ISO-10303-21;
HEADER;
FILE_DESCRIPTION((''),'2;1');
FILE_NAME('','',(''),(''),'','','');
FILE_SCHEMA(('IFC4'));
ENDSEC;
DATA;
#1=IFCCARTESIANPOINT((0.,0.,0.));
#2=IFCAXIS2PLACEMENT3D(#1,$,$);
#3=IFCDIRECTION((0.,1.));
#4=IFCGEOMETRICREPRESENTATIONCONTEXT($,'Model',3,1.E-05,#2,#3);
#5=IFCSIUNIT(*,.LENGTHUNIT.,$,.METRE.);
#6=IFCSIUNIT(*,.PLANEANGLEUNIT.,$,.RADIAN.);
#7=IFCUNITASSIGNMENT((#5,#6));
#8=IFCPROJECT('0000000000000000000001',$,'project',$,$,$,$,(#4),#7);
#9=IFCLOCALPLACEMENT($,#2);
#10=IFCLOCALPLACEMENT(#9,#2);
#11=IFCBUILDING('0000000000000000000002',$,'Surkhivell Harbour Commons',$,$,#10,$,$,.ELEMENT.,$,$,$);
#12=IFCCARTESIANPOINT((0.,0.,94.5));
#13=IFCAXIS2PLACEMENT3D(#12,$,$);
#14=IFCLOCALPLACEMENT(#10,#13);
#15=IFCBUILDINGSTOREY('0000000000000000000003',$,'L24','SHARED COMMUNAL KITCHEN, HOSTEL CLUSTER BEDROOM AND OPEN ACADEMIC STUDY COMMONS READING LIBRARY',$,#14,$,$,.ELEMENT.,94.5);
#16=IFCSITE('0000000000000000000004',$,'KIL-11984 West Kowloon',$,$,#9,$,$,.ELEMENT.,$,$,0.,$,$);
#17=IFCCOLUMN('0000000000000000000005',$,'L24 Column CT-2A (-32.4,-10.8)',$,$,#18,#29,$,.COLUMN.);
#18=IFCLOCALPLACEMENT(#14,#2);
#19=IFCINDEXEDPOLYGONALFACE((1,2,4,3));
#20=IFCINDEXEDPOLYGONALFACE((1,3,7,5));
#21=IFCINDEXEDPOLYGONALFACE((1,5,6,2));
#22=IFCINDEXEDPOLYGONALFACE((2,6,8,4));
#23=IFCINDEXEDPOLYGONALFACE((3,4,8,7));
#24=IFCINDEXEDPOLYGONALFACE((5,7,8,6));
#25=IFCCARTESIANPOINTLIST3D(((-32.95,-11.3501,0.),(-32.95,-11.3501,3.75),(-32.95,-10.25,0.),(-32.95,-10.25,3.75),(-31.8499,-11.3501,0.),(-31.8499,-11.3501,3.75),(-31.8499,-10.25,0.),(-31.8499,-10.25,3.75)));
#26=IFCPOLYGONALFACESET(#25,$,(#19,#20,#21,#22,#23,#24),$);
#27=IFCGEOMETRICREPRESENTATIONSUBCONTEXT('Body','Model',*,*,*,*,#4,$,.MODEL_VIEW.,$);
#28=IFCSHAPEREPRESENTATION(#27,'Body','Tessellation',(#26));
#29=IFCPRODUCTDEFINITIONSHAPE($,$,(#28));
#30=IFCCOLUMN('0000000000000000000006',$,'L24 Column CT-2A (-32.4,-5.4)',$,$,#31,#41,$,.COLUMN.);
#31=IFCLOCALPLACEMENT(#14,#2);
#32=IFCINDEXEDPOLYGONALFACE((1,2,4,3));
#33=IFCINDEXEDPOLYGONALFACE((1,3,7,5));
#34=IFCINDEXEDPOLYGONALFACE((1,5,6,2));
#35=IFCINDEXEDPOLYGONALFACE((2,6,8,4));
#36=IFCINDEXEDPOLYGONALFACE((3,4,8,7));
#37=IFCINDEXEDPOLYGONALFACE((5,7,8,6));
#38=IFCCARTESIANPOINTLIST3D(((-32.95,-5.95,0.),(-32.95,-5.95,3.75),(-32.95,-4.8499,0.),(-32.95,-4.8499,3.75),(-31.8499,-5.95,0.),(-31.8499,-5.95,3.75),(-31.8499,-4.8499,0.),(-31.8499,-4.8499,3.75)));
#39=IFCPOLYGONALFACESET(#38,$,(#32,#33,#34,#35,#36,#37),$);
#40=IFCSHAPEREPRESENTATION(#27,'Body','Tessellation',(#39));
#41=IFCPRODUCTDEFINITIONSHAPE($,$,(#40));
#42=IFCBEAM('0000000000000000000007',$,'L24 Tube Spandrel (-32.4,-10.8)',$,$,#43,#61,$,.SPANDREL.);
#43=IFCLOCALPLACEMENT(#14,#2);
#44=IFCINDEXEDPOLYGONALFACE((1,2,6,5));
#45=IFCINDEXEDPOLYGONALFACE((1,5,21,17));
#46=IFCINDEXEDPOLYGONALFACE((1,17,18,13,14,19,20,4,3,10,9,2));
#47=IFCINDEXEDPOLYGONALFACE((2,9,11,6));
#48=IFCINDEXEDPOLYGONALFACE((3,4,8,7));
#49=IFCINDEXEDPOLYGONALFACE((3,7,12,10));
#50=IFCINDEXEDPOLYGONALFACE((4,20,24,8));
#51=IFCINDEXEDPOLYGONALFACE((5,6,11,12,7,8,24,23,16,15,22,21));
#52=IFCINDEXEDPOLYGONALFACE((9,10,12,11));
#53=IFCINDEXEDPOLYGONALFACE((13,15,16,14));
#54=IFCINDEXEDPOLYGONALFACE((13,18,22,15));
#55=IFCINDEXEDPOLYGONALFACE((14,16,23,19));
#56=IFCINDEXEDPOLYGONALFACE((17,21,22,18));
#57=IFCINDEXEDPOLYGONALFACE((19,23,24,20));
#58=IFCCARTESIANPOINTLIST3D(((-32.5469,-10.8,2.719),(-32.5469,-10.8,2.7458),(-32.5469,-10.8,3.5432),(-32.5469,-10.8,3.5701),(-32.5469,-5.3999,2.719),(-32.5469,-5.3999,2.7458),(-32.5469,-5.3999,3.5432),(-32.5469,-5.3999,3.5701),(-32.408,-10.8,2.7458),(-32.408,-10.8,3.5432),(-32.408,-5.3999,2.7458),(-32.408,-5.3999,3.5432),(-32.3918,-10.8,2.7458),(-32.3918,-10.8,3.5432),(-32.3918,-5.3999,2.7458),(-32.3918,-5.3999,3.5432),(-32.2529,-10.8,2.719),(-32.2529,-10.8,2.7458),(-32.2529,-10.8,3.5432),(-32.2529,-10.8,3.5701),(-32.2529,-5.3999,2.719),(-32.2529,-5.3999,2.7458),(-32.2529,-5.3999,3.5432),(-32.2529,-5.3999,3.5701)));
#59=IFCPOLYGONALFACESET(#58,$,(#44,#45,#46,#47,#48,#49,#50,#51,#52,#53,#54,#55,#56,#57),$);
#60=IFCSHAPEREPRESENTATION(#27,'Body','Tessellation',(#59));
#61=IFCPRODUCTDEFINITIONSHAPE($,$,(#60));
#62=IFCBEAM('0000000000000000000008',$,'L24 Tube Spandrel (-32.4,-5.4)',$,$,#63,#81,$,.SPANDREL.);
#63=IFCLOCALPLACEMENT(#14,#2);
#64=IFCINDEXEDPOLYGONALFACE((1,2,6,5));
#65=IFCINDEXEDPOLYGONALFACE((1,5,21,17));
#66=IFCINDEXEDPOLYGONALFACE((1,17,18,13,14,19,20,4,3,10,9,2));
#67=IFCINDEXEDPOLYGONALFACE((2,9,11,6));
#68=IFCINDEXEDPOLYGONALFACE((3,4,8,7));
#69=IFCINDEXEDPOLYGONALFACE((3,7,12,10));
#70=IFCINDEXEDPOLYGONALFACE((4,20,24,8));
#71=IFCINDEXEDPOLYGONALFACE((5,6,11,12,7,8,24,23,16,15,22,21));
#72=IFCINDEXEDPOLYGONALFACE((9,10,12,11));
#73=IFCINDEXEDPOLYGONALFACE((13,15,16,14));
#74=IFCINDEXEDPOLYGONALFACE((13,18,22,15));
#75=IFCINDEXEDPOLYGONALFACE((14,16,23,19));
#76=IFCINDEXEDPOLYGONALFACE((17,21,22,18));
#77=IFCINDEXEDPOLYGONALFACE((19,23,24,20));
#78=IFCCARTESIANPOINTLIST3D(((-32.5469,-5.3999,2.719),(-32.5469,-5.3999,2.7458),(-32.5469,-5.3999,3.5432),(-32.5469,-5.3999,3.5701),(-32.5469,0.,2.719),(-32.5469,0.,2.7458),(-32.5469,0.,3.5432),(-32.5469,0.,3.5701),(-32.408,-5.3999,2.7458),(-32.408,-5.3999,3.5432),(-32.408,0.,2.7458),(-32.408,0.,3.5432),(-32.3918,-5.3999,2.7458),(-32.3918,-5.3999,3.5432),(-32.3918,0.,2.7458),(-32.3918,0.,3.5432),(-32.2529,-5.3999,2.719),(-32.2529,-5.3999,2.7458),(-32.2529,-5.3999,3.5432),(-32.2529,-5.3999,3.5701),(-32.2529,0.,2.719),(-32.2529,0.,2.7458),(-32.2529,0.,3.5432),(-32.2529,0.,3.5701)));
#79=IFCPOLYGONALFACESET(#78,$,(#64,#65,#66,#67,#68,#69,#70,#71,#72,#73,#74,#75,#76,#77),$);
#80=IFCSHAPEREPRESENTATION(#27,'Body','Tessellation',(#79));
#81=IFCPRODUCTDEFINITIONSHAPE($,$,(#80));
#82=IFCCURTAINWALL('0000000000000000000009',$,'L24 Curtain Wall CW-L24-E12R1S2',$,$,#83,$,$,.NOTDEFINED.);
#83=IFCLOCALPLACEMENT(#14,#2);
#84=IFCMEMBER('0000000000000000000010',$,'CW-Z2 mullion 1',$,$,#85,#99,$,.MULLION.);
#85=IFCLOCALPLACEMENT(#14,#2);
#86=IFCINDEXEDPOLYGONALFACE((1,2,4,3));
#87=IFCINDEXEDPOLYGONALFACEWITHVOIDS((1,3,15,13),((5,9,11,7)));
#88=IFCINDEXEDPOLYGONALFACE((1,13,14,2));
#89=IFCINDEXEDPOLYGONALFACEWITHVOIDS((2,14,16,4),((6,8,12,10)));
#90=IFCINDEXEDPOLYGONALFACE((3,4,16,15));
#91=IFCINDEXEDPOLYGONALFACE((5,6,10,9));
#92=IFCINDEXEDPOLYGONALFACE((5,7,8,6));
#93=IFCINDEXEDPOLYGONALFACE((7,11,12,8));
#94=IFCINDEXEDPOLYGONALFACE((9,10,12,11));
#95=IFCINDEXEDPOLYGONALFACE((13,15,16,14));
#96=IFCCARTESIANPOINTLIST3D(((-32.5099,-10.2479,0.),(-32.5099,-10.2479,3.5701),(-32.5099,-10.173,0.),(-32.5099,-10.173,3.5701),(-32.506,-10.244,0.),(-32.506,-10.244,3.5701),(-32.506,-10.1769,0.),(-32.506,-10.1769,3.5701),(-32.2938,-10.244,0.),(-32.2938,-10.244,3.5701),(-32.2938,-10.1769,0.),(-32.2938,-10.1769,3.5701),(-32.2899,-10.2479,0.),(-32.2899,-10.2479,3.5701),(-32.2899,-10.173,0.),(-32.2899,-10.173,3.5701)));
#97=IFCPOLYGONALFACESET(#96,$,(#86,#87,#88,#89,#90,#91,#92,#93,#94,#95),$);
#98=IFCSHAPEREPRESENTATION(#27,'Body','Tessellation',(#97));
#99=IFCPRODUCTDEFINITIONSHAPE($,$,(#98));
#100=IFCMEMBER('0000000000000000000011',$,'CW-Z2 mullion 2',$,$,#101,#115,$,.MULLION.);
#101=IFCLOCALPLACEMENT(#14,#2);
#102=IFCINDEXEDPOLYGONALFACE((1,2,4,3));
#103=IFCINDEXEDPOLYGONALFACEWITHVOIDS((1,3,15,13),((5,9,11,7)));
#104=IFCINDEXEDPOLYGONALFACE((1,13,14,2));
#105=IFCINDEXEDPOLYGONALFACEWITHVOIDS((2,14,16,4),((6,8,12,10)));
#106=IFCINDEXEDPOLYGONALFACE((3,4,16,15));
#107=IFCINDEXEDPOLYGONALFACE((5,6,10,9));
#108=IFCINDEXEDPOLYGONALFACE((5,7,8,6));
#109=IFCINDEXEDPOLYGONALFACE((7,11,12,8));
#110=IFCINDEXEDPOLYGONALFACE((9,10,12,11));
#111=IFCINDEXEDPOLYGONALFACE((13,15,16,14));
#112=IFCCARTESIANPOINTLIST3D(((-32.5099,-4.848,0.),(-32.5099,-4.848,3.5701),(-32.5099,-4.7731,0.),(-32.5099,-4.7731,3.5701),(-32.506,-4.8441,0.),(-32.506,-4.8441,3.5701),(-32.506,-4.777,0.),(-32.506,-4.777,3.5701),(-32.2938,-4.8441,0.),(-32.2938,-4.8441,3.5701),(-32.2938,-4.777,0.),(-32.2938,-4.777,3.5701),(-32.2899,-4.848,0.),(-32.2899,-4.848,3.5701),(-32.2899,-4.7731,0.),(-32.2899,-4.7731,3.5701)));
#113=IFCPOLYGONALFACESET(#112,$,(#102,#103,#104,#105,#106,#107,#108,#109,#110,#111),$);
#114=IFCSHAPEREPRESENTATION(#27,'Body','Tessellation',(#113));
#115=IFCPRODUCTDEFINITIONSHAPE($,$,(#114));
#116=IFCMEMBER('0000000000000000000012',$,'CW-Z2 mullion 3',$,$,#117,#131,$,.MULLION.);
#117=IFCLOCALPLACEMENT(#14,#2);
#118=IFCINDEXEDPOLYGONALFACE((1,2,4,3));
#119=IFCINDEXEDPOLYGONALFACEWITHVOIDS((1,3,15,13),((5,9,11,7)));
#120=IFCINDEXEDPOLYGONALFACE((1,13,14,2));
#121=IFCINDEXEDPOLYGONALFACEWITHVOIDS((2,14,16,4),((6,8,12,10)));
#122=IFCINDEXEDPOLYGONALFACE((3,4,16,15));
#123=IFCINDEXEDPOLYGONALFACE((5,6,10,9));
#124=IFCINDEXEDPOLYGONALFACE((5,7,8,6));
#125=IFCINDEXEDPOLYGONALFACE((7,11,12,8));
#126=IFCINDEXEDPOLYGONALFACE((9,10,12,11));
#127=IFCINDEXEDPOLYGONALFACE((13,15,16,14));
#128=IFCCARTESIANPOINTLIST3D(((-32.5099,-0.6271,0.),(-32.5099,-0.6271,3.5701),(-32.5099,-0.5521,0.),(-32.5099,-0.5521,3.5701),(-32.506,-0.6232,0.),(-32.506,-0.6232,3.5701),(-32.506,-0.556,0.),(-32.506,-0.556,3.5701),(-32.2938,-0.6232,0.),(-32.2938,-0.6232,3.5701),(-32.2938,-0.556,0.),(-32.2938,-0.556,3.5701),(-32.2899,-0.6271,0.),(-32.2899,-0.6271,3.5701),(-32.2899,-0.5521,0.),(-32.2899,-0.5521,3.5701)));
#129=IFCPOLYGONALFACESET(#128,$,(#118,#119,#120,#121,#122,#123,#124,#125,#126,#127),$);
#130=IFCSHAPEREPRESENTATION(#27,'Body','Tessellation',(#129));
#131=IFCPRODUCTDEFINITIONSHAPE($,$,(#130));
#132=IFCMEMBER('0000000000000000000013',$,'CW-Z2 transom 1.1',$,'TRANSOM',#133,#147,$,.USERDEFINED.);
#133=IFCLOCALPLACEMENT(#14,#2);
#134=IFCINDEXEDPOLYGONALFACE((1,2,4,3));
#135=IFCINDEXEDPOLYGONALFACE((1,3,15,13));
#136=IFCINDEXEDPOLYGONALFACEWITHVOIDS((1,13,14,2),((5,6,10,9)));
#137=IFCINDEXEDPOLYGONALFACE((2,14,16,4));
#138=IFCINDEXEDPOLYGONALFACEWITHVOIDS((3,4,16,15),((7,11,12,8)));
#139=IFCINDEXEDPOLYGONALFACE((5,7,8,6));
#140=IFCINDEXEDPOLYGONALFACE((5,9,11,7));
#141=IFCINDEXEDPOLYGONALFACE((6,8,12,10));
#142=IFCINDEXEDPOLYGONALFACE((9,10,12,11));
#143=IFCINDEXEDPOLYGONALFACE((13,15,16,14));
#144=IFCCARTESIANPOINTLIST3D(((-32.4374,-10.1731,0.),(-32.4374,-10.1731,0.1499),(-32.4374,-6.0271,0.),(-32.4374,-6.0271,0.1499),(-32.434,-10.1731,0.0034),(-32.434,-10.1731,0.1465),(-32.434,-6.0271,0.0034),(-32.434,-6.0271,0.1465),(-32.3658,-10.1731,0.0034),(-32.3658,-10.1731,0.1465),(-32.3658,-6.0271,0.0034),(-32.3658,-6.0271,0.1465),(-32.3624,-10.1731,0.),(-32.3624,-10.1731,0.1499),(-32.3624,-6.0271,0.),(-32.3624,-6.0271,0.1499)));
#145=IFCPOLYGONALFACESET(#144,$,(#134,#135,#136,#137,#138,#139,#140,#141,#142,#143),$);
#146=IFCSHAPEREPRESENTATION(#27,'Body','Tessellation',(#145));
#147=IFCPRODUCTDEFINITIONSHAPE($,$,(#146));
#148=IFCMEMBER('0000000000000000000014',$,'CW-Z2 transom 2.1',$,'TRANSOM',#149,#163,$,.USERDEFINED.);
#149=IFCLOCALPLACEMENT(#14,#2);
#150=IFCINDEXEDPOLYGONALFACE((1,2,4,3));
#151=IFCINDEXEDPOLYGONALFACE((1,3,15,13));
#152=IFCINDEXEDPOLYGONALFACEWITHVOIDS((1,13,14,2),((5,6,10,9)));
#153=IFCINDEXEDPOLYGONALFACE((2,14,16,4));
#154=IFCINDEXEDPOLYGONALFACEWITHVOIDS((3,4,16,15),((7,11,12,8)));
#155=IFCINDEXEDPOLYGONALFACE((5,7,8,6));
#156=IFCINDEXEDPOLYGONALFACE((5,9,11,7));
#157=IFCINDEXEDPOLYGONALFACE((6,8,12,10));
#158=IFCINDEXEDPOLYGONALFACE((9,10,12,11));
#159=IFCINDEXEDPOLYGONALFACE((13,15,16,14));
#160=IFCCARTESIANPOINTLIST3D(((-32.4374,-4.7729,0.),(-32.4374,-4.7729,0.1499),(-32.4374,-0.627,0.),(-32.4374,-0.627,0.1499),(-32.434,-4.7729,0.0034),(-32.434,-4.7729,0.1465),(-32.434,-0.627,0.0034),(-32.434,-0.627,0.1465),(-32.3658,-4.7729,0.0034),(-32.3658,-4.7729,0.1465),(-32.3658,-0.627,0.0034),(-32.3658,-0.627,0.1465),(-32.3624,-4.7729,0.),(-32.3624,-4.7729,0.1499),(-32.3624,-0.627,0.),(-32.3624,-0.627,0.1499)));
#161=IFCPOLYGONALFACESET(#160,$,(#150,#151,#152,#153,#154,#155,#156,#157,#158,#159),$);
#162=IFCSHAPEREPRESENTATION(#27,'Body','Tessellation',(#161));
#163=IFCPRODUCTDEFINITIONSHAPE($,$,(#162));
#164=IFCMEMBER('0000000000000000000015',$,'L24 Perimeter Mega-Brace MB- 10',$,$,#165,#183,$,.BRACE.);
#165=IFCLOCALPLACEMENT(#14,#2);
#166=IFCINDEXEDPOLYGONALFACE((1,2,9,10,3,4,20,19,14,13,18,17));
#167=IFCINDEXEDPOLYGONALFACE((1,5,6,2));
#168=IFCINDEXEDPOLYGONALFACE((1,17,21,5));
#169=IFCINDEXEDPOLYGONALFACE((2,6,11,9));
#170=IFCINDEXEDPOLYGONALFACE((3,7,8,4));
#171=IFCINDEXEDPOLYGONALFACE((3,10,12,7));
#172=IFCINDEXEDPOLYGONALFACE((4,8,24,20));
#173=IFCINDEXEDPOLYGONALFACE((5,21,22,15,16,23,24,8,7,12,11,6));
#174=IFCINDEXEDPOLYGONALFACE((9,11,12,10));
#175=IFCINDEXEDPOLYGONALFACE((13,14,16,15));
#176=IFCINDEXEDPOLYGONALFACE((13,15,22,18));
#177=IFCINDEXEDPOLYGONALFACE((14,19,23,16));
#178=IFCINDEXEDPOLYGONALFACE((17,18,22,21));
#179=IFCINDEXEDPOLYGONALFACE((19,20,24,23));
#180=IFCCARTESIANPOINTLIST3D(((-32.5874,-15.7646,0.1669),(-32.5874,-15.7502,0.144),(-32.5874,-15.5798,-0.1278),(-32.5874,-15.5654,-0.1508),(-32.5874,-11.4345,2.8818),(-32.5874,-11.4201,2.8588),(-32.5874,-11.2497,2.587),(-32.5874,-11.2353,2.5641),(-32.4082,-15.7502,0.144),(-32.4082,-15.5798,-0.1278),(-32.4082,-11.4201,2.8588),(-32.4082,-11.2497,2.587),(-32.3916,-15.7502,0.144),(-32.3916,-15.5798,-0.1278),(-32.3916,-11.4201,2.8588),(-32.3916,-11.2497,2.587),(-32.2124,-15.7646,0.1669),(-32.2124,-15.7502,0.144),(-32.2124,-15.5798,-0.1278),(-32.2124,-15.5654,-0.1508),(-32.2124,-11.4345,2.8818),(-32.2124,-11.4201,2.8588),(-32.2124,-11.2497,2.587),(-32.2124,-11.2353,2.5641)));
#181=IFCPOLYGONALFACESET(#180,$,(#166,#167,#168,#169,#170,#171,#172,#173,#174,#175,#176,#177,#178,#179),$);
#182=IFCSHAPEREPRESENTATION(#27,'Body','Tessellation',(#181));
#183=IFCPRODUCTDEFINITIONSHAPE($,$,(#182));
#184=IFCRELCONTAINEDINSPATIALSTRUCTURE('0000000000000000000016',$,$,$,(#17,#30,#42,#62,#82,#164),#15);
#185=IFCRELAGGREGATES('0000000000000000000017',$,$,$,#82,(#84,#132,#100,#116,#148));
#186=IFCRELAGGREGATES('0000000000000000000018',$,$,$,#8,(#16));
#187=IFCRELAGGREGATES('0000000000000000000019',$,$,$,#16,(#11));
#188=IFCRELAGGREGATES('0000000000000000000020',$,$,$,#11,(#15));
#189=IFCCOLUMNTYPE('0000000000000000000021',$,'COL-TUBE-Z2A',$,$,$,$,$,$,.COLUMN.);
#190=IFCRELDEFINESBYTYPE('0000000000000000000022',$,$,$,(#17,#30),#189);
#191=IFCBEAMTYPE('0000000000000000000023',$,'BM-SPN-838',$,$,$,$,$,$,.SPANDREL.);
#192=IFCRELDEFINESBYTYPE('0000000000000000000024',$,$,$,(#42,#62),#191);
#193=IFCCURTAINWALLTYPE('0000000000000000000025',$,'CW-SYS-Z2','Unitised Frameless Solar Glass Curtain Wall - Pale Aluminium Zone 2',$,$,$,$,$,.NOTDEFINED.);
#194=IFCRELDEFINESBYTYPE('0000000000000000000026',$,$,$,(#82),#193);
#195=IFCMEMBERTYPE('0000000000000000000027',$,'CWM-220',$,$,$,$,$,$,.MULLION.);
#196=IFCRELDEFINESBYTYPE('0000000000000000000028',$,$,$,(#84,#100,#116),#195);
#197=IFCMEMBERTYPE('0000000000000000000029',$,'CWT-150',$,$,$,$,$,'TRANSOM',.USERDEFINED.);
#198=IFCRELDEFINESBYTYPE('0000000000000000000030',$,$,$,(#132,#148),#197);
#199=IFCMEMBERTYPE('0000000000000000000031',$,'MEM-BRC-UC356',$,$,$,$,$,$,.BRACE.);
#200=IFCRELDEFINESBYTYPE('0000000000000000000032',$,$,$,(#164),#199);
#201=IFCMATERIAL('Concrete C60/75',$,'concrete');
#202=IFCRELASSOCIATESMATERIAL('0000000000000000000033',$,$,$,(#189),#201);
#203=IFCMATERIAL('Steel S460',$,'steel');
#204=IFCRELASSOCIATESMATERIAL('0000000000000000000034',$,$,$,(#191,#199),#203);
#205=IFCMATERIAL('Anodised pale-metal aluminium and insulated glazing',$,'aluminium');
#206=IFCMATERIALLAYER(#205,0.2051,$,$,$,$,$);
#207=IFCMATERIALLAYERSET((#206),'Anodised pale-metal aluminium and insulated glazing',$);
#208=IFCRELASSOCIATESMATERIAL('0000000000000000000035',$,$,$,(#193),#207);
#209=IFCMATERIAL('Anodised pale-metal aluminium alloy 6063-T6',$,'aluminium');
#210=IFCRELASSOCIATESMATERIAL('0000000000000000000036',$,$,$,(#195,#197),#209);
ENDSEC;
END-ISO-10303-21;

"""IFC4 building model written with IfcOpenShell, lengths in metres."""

from ifc_helpers import new_model, si_unit, direction, frame, origin, origin_2d, place, context, subcontext, project, spatial, rectangle, hollow_rectangle, i_section, extrude, material, layer, layer_set, material_profile, profile_set, type_object, element, aggregate, save


model = new_model("IFC4")

# Units and contexts
model_context = context("Model", 3, precision=1e-05, world=origin(), true_north=direction((0.0, 1.0)))
body_context = subcontext(model_context, "Body", "Model", "MODEL_VIEW")
ifc_project = project(units=[si_unit("LENGTHUNIT", "METRE"), si_unit("PLANEANGLEUNIT", "RADIAN")], contexts=[model_context])

# Site, building, storey
site_placement = place(None, origin())
site = spatial("IfcSite", under=ifc_project, at=site_placement, Name="KIL-11984 West Kowloon", CompositionType="ELEMENT", RefElevation=0.0)
building_placement = place(site_placement, origin())
building = spatial("IfcBuilding", under=site, at=building_placement, Name="Surkhivell Harbour Commons", CompositionType="ELEMENT")
storey_placement = place(building_placement, frame((0.0, 0.0, 94.5)))
storey = spatial("IfcBuildingStorey", under=building, at=storey_placement, Name="L24", Description="SHARED COMMUNAL KITCHEN, HOSTEL CLUSTER BEDROOM AND OPEN ACADEMIC STUDY COMMONS READING LIBRARY", CompositionType="ELEMENT", Elevation=94.5)

# Columns
ifc_material_1 = material(Name="Concrete C60/75", Category="concrete")
ifc_material_profile_1 = material_profile(ifc_material_1, rectangle(XDim=1.1001, YDim=1.1001, at=origin_2d()), Name="RC-COL-1100x1100")
ifc_profile_set_1 = profile_set([ifc_material_profile_1], Name="Concrete C60/75")
column_type = type_object("IfcColumnType", Name="COL-TUBE-Z2A", PredefinedType="COLUMN", material=ifc_profile_set_1)
for number, where, z_axis, x_axis, name in (
    (1, (-32.3999, -10.8, 0.0), (0.0, 0.0, 1.0), (1.0, 0.0, 0.0), "L24 Column CT-2A (-32.4,-10.8)"),
    (2, (-32.3999, -5.3999, 0.0), (0.0, 0.0, 1.0), (1.0, 0.0, 0.0), "L24 Column CT-2A (-32.4,-5.4)"),
):
    element("IfcColumn", number, at=place(storey_placement, frame(where, z_axis=z_axis, x_axis=x_axis)), inside=storey, type_object=column_type, Name=name, PredefinedType="COLUMN", context=body_context, shape_type="SweptSolid", body=[
        extrude(rectangle(XDim=1.1001, YDim=1.1001, at=origin_2d()), origin(), (0.0, 0.0, 1.0), 3.75),
    ])

# Beams
ifc_material_2 = material(Name="Steel S460", Category="steel")
ifc_material_profile_2 = material_profile(ifc_material_2, i_section(OverallWidth=0.2939, OverallDepth=0.8511, WebThickness=0.0161, FlangeThickness=0.0269, at=origin_2d()), Name="UB838x292x226")
ifc_profile_set_2 = profile_set([ifc_material_profile_2], Name="Steel S460")
beam_type = type_object("IfcBeamType", Name="BM-SPN-838", PredefinedType="SPANDREL", material=ifc_profile_set_2)
beam_1_placement = place(storey_placement, frame((-32.3999, -10.8, 3.1445), z_axis=(0.0, 1.0, 0.0), x_axis=(-1.0, 0.0, 0.0)))
element("IfcBeam", 3, at=beam_1_placement, inside=storey, type_object=beam_type, Name="L24 Tube Spandrel (-32.4,-10.8)", PredefinedType="SPANDREL", context=body_context, shape_type="SweptSolid", body=[
    extrude(i_section(OverallWidth=0.2939, OverallDepth=0.8511, WebThickness=0.0161, FlangeThickness=0.0269, at=origin_2d()), origin(), (0.0, 0.0, 1.0), 5.4001),
])
beam_2_placement = place(storey_placement, frame((-32.3999, -5.3999, 3.1445), z_axis=(0.0, 1.0, 0.0), x_axis=(-1.0, 0.0, 0.0)))
element("IfcBeam", 4, at=beam_2_placement, inside=storey, type_object=beam_type, Name="L24 Tube Spandrel (-32.4,-5.4)", PredefinedType="SPANDREL", context=body_context, shape_type="SweptSolid", body=[
    extrude(i_section(OverallWidth=0.2939, OverallDepth=0.8511, WebThickness=0.0161, FlangeThickness=0.0269, at=origin_2d()), origin(), (0.0, 0.0, 1.0), 5.3999),
])

# Curtain wall, members
ifc_material_3 = material(Name="Anodised pale-metal aluminium and insulated glazing", Category="aluminium")
ifc_layer_1 = layer(ifc_material_3, 0.2051)
ifc_layer_set_1 = layer_set([ifc_layer_1], Name="Anodised pale-metal aluminium and insulated glazing")
curtain_wall_type = type_object("IfcCurtainWallType", Name="CW-SYS-Z2", Description="Unitised Frameless Solar Glass Curtain Wall - Pale Aluminium Zone 2", PredefinedType="NOTDEFINED", material=ifc_layer_set_1)
curtain_wall_placement = place(storey_placement, origin())
curtain_wall = element("IfcCurtainWall", 5, at=curtain_wall_placement, inside=storey, type_object=curtain_wall_type, Name="L24 Curtain Wall CW-L24-E12R1S2", PredefinedType="NOTDEFINED")
ifc_material_4 = material(Name="Anodised pale-metal aluminium alloy 6063-T6", Category="aluminium")
ifc_material_profile_3 = material_profile(ifc_material_4, hollow_rectangle(XDim=0.075, YDim=0.22, WallThickness=0.0039, at=origin_2d()), Name="ALU-MULL-75x220")
ifc_profile_set_3 = profile_set([ifc_material_profile_3], Name="Anodised pale-metal aluminium alloy 6063-T6")
member_type_1 = type_object("IfcMemberType", Name="CWM-220", PredefinedType="MULLION", material=ifc_profile_set_3)
member_1_placement = place(storey_placement, frame((-32.3999, -10.2104, 0.0), z_axis=(0.0, 0.0, 1.0), x_axis=(0.0, 1.0, 0.0)))
member_1 = element("IfcMember", 6, at=member_1_placement, type_object=member_type_1, Name="CW-Z2 mullion 1", PredefinedType="MULLION", context=body_context, shape_type="SweptSolid", body=[
    extrude(hollow_rectangle(XDim=0.075, YDim=0.22, WallThickness=0.0039, at=origin_2d()), origin(), (0.0, 0.0, 1.0), 3.5701),
])
member_2_placement = place(storey_placement, frame((-32.3999, -4.8105, 0.0), z_axis=(0.0, 0.0, 1.0), x_axis=(0.0, 1.0, 0.0)))
member_2 = element("IfcMember", 7, at=member_2_placement, type_object=member_type_1, Name="CW-Z2 mullion 2", PredefinedType="MULLION", context=body_context, shape_type="SweptSolid", body=[
    extrude(hollow_rectangle(XDim=0.075, YDim=0.22, WallThickness=0.0039, at=origin_2d()), origin(), (0.0, 0.0, 1.0), 3.5701),
])
member_3_placement = place(storey_placement, frame((-32.3999, -0.5896, 0.0), z_axis=(0.0, 0.0, 1.0), x_axis=(0.0, 1.0, 0.0)))
member_3 = element("IfcMember", 8, at=member_3_placement, type_object=member_type_1, Name="CW-Z2 mullion 3", PredefinedType="MULLION", context=body_context, shape_type="SweptSolid", body=[
    extrude(hollow_rectangle(XDim=0.075, YDim=0.22, WallThickness=0.0039, at=origin_2d()), origin(), (0.0, 0.0, 1.0), 3.5701),
])
ifc_material_profile_4 = material_profile(ifc_material_4, hollow_rectangle(XDim=0.075, YDim=0.1499, WallThickness=0.0034, at=origin_2d()), Name="ALU-TRAN-75x150")
ifc_profile_set_4 = profile_set([ifc_material_profile_4], Name="Anodised pale-metal aluminium alloy 6063-T6")
member_type_2 = type_object("IfcMemberType", Name="CWT-150", ElementType="TRANSOM", PredefinedType="USERDEFINED", material=ifc_profile_set_4)
member_4_placement = place(storey_placement, frame((-32.3999, -10.1731, 0.075), z_axis=(0.0, 1.0, 0.0), x_axis=(-1.0, 0.0, 0.0)))
member_4 = element("IfcMember", 9, at=member_4_placement, type_object=member_type_2, Name="CW-Z2 transom 1.1", ObjectType="TRANSOM", PredefinedType="USERDEFINED", context=body_context, shape_type="SweptSolid", body=[
    extrude(hollow_rectangle(XDim=0.075, YDim=0.1499, WallThickness=0.0034, at=origin_2d()), origin(), (0.0, 0.0, 1.0), 4.146),
])
member_5_placement = place(storey_placement, frame((-32.3999, -4.7729, 0.075), z_axis=(0.0, 1.0, 0.0), x_axis=(-1.0, 0.0, 0.0)))
member_5 = element("IfcMember", 10, at=member_5_placement, type_object=member_type_2, Name="CW-Z2 transom 2.1", ObjectType="TRANSOM", PredefinedType="USERDEFINED", context=body_context, shape_type="SweptSolid", body=[
    extrude(hollow_rectangle(XDim=0.075, YDim=0.1499, WallThickness=0.0034, at=origin_2d()), origin(), (0.0, 0.0, 1.0), 4.146),
])

# Member
ifc_material_profile_5 = material_profile(ifc_material_2, i_section(OverallWidth=0.375, OverallDepth=0.375, WebThickness=0.0166, FlangeThickness=0.0271, at=origin_2d()), Name="UC356x368x202")
ifc_profile_set_5 = profile_set([ifc_material_profile_5], Name="Steel S460")
member_type_3 = type_object("IfcMemberType", Name="MEM-BRC-UC356", PredefinedType="BRACE", material=ifc_profile_set_5)
member_6_placement = place(storey_placement, frame((-32.3999, -15.665, 0.0081), z_axis=(0.0, 0.847246, 0.531201), x_axis=(-1.0, 0.0, 0.0)))
element("IfcMember", 11, at=member_6_placement, inside=storey, type_object=member_type_3, Name="L24 Perimeter Mega-Brace MB- 10", PredefinedType="BRACE", context=body_context, shape_type="SweptSolid", body=[
    extrude(i_section(OverallWidth=0.375, OverallDepth=0.375, WebThickness=0.0166, FlangeThickness=0.0271, at=origin_2d()), origin(), (0.0, 0.0, 1.0), 5.1108),
])

aggregate(curtain_wall, [member_1, member_4, member_2, member_3, member_5])

save(model, "model.ifc")
